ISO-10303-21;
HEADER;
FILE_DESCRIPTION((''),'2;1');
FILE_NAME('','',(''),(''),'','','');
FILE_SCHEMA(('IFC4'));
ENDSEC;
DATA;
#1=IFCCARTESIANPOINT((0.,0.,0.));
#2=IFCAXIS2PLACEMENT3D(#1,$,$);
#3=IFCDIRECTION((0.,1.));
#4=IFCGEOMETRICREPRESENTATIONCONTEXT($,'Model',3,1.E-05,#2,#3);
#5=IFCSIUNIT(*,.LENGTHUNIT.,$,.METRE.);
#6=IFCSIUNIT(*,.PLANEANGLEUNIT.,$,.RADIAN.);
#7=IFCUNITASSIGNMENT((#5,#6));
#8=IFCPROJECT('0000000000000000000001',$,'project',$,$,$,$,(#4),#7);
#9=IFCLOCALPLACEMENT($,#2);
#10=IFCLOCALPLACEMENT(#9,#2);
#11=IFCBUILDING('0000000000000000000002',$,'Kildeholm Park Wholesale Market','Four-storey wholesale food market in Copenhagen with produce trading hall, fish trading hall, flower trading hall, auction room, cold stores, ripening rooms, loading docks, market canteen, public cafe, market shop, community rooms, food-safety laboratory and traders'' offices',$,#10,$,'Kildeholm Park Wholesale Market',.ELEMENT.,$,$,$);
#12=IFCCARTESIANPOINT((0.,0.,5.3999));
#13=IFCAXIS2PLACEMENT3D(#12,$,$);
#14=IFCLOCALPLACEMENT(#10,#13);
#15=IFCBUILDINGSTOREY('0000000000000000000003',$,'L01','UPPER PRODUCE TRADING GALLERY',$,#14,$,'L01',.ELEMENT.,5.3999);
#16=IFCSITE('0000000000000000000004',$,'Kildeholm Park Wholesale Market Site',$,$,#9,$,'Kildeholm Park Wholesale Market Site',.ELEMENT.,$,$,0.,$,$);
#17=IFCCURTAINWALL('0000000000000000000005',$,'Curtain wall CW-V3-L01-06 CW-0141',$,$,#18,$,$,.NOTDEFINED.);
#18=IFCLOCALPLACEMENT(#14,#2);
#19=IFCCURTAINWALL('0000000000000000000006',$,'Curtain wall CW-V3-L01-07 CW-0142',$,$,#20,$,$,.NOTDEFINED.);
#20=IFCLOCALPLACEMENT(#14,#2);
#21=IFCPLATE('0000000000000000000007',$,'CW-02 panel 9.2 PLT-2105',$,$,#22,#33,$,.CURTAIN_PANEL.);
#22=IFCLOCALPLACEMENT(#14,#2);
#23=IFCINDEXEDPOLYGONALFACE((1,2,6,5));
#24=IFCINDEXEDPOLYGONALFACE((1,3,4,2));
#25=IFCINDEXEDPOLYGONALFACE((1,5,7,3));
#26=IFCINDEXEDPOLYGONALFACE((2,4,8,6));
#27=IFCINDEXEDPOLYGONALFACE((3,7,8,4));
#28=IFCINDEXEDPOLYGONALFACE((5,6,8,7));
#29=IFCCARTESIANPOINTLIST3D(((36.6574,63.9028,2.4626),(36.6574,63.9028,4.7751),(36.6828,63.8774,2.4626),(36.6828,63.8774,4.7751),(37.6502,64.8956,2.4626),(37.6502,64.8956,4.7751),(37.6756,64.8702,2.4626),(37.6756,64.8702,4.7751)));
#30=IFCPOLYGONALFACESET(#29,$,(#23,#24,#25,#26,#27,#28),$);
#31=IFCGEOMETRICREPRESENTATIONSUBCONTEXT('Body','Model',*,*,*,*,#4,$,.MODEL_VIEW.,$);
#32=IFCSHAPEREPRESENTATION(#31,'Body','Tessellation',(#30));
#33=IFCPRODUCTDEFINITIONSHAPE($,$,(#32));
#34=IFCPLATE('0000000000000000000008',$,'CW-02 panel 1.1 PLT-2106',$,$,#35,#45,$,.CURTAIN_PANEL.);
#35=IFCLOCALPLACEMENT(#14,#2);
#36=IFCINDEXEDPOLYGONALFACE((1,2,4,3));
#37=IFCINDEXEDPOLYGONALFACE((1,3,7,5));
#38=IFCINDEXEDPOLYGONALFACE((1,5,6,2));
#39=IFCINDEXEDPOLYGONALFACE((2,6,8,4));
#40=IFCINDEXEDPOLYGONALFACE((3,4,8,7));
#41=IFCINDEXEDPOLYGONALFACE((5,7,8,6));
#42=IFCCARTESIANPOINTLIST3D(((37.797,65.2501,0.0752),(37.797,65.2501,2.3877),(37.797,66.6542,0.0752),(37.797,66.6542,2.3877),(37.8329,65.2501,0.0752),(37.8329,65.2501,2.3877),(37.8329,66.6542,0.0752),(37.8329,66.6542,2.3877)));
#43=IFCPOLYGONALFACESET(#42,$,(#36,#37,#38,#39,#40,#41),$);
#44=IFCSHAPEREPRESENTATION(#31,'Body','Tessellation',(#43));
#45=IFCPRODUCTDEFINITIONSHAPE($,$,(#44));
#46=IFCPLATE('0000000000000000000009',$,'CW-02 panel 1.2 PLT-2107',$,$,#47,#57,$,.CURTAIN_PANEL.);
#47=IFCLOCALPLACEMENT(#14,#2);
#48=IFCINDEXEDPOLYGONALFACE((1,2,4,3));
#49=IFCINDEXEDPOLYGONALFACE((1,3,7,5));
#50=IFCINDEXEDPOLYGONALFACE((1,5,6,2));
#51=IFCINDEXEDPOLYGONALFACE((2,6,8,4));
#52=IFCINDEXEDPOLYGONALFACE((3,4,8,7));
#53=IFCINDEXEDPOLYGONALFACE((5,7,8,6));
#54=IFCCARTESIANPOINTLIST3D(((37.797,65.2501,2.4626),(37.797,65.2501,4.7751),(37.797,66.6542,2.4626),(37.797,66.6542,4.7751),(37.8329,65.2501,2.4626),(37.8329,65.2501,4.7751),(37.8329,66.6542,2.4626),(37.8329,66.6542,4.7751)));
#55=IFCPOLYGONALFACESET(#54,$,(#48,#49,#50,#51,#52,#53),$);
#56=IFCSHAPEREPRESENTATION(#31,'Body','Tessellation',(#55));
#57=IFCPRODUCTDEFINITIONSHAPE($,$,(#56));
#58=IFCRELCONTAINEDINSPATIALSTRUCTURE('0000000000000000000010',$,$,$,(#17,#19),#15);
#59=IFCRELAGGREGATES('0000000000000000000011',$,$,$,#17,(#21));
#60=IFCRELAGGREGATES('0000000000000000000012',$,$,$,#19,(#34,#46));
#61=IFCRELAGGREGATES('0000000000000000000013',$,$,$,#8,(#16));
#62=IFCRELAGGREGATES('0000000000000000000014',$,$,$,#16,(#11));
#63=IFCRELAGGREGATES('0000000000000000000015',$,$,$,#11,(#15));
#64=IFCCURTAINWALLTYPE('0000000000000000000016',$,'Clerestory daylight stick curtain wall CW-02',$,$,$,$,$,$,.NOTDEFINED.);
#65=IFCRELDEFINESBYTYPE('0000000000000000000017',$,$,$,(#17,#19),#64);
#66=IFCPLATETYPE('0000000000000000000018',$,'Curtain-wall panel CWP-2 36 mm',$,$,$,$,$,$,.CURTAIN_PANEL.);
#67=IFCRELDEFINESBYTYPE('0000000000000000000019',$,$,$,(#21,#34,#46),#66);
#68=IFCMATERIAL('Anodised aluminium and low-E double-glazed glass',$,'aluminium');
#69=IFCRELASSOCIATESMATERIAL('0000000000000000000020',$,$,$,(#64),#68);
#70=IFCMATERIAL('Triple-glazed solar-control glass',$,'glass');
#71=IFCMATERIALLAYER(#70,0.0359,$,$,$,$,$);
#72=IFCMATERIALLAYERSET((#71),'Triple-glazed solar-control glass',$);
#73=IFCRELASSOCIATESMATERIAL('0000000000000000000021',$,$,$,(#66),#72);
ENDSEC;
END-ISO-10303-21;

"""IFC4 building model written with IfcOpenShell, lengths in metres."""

from ifc_helpers import new_model, si_unit, direction, frame, origin, origin_2d, place, context, subcontext, project, spatial, rectangle, extrude, material, layer, layer_set, type_object, element, aggregate, save


model = new_model("IFC4")

# Units and contexts
model_context = context("Model", 3, precision=1e-05, world=origin(), true_north=direction((0.0, 1.0)))
body_context = subcontext(model_context, "Body", "Model", "MODEL_VIEW")
ifc_project = project(units=[si_unit("LENGTHUNIT", "METRE"), si_unit("PLANEANGLEUNIT", "RADIAN")], contexts=[model_context])

# Site, building, storey
site_placement = place(None, origin())
site = spatial("IfcSite", under=ifc_project, at=site_placement, Name="Kildeholm Park Wholesale Market Site", LongName="Kildeholm Park Wholesale Market Site", CompositionType="ELEMENT", RefElevation=0.0)
building_placement = place(site_placement, origin())
building = spatial("IfcBuilding", under=site, at=building_placement, Name="Kildeholm Park Wholesale Market", Description="Four-storey wholesale food market in Copenhagen with produce trading hall, fish trading hall, flower trading hall, auction room, cold stores, ripening rooms, loading docks, market canteen, public cafe, market shop, community rooms, food-safety laboratory and traders' offices", LongName="Kildeholm Park Wholesale Market", CompositionType="ELEMENT")
storey_placement = place(building_placement, frame((0.0, 0.0, 5.3999)))
storey = spatial("IfcBuildingStorey", under=building, at=storey_placement, Name="L01", Description="UPPER PRODUCE TRADING GALLERY", LongName="L01", CompositionType="ELEMENT", Elevation=5.3999)

# Curtain wall
ifc_material_1 = material(Name="Anodised aluminium and low-E double-glazed glass", Category="aluminium")
curtain_wall_type = type_object("IfcCurtainWallType", Name="Clerestory daylight stick curtain wall CW-02", PredefinedType="NOTDEFINED", material=ifc_material_1)
curtain_wall_1_placement = place(storey_placement, origin())
curtain_wall_1 = element("IfcCurtainWall", 1, at=curtain_wall_1_placement, inside=storey, type_object=curtain_wall_type, Name="Curtain wall CW-V3-L01-06 CW-0141", PredefinedType="NOTDEFINED")

# Curtain wall
curtain_wall_2_placement = place(storey_placement, origin())
curtain_wall_2 = element("IfcCurtainWall", 2, at=curtain_wall_2_placement, inside=storey, type_object=curtain_wall_type, Name="Curtain wall CW-V3-L01-07 CW-0142", PredefinedType="NOTDEFINED")

# Plates
ifc_material_2 = material(Name="Triple-glazed solar-control glass", Category="glass")
ifc_layer = layer(ifc_material_2, 0.0359)
ifc_layer_set = layer_set([ifc_layer], Name="Triple-glazed solar-control glass")
plate_type = type_object("IfcPlateType", Name="Curtain-wall panel CWP-2 36 mm", PredefinedType="CURTAIN_PANEL", material=ifc_layer_set)
plate_1_placement = place(storey_placement, frame((37.1665, 64.3865, 2.4626), z_axis=(0.0, 0.0, 1.0), x_axis=(0.707107, 0.707107, 0.0)))
plate_1 = element("IfcPlate", 3, at=plate_1_placement, type_object=plate_type, Name="CW-02 panel 9.2 PLT-2105", PredefinedType="CURTAIN_PANEL", context=body_context, shape_type="SweptSolid", body=[
    extrude(rectangle(XDim=1.4041, YDim=0.0359, at=origin_2d()), origin(), (0.0, 0.0, 1.0), 2.3125),
])
aggregate(curtain_wall_1, [plate_1])
plate_2_placement = place(storey_placement, frame((37.8149, 65.9521, 0.0752), z_axis=(0.0, 0.0, 1.0), x_axis=(0.0, 1.0, 0.0)))
plate_2 = element("IfcPlate", 4, at=plate_2_placement, type_object=plate_type, Name="CW-02 panel 1.1 PLT-2106", PredefinedType="CURTAIN_PANEL", context=body_context, shape_type="SweptSolid", body=[
    extrude(rectangle(XDim=1.4041, YDim=0.0359, at=origin_2d()), origin(), (0.0, 0.0, 1.0), 2.3125),
])
plate_3_placement = place(storey_placement, frame((37.8149, 65.9521, 2.4626), z_axis=(0.0, 0.0, 1.0), x_axis=(0.0, 1.0, 0.0)))
plate_3 = element("IfcPlate", 5, at=plate_3_placement, type_object=plate_type, Name="CW-02 panel 1.2 PLT-2107", PredefinedType="CURTAIN_PANEL", context=body_context, shape_type="SweptSolid", body=[
    extrude(rectangle(XDim=1.4041, YDim=0.0359, at=origin_2d()), origin(), (0.0, 0.0, 1.0), 2.3125),
])
aggregate(curtain_wall_2, [plate_2, plate_3])

save(model, "model.ifc")
